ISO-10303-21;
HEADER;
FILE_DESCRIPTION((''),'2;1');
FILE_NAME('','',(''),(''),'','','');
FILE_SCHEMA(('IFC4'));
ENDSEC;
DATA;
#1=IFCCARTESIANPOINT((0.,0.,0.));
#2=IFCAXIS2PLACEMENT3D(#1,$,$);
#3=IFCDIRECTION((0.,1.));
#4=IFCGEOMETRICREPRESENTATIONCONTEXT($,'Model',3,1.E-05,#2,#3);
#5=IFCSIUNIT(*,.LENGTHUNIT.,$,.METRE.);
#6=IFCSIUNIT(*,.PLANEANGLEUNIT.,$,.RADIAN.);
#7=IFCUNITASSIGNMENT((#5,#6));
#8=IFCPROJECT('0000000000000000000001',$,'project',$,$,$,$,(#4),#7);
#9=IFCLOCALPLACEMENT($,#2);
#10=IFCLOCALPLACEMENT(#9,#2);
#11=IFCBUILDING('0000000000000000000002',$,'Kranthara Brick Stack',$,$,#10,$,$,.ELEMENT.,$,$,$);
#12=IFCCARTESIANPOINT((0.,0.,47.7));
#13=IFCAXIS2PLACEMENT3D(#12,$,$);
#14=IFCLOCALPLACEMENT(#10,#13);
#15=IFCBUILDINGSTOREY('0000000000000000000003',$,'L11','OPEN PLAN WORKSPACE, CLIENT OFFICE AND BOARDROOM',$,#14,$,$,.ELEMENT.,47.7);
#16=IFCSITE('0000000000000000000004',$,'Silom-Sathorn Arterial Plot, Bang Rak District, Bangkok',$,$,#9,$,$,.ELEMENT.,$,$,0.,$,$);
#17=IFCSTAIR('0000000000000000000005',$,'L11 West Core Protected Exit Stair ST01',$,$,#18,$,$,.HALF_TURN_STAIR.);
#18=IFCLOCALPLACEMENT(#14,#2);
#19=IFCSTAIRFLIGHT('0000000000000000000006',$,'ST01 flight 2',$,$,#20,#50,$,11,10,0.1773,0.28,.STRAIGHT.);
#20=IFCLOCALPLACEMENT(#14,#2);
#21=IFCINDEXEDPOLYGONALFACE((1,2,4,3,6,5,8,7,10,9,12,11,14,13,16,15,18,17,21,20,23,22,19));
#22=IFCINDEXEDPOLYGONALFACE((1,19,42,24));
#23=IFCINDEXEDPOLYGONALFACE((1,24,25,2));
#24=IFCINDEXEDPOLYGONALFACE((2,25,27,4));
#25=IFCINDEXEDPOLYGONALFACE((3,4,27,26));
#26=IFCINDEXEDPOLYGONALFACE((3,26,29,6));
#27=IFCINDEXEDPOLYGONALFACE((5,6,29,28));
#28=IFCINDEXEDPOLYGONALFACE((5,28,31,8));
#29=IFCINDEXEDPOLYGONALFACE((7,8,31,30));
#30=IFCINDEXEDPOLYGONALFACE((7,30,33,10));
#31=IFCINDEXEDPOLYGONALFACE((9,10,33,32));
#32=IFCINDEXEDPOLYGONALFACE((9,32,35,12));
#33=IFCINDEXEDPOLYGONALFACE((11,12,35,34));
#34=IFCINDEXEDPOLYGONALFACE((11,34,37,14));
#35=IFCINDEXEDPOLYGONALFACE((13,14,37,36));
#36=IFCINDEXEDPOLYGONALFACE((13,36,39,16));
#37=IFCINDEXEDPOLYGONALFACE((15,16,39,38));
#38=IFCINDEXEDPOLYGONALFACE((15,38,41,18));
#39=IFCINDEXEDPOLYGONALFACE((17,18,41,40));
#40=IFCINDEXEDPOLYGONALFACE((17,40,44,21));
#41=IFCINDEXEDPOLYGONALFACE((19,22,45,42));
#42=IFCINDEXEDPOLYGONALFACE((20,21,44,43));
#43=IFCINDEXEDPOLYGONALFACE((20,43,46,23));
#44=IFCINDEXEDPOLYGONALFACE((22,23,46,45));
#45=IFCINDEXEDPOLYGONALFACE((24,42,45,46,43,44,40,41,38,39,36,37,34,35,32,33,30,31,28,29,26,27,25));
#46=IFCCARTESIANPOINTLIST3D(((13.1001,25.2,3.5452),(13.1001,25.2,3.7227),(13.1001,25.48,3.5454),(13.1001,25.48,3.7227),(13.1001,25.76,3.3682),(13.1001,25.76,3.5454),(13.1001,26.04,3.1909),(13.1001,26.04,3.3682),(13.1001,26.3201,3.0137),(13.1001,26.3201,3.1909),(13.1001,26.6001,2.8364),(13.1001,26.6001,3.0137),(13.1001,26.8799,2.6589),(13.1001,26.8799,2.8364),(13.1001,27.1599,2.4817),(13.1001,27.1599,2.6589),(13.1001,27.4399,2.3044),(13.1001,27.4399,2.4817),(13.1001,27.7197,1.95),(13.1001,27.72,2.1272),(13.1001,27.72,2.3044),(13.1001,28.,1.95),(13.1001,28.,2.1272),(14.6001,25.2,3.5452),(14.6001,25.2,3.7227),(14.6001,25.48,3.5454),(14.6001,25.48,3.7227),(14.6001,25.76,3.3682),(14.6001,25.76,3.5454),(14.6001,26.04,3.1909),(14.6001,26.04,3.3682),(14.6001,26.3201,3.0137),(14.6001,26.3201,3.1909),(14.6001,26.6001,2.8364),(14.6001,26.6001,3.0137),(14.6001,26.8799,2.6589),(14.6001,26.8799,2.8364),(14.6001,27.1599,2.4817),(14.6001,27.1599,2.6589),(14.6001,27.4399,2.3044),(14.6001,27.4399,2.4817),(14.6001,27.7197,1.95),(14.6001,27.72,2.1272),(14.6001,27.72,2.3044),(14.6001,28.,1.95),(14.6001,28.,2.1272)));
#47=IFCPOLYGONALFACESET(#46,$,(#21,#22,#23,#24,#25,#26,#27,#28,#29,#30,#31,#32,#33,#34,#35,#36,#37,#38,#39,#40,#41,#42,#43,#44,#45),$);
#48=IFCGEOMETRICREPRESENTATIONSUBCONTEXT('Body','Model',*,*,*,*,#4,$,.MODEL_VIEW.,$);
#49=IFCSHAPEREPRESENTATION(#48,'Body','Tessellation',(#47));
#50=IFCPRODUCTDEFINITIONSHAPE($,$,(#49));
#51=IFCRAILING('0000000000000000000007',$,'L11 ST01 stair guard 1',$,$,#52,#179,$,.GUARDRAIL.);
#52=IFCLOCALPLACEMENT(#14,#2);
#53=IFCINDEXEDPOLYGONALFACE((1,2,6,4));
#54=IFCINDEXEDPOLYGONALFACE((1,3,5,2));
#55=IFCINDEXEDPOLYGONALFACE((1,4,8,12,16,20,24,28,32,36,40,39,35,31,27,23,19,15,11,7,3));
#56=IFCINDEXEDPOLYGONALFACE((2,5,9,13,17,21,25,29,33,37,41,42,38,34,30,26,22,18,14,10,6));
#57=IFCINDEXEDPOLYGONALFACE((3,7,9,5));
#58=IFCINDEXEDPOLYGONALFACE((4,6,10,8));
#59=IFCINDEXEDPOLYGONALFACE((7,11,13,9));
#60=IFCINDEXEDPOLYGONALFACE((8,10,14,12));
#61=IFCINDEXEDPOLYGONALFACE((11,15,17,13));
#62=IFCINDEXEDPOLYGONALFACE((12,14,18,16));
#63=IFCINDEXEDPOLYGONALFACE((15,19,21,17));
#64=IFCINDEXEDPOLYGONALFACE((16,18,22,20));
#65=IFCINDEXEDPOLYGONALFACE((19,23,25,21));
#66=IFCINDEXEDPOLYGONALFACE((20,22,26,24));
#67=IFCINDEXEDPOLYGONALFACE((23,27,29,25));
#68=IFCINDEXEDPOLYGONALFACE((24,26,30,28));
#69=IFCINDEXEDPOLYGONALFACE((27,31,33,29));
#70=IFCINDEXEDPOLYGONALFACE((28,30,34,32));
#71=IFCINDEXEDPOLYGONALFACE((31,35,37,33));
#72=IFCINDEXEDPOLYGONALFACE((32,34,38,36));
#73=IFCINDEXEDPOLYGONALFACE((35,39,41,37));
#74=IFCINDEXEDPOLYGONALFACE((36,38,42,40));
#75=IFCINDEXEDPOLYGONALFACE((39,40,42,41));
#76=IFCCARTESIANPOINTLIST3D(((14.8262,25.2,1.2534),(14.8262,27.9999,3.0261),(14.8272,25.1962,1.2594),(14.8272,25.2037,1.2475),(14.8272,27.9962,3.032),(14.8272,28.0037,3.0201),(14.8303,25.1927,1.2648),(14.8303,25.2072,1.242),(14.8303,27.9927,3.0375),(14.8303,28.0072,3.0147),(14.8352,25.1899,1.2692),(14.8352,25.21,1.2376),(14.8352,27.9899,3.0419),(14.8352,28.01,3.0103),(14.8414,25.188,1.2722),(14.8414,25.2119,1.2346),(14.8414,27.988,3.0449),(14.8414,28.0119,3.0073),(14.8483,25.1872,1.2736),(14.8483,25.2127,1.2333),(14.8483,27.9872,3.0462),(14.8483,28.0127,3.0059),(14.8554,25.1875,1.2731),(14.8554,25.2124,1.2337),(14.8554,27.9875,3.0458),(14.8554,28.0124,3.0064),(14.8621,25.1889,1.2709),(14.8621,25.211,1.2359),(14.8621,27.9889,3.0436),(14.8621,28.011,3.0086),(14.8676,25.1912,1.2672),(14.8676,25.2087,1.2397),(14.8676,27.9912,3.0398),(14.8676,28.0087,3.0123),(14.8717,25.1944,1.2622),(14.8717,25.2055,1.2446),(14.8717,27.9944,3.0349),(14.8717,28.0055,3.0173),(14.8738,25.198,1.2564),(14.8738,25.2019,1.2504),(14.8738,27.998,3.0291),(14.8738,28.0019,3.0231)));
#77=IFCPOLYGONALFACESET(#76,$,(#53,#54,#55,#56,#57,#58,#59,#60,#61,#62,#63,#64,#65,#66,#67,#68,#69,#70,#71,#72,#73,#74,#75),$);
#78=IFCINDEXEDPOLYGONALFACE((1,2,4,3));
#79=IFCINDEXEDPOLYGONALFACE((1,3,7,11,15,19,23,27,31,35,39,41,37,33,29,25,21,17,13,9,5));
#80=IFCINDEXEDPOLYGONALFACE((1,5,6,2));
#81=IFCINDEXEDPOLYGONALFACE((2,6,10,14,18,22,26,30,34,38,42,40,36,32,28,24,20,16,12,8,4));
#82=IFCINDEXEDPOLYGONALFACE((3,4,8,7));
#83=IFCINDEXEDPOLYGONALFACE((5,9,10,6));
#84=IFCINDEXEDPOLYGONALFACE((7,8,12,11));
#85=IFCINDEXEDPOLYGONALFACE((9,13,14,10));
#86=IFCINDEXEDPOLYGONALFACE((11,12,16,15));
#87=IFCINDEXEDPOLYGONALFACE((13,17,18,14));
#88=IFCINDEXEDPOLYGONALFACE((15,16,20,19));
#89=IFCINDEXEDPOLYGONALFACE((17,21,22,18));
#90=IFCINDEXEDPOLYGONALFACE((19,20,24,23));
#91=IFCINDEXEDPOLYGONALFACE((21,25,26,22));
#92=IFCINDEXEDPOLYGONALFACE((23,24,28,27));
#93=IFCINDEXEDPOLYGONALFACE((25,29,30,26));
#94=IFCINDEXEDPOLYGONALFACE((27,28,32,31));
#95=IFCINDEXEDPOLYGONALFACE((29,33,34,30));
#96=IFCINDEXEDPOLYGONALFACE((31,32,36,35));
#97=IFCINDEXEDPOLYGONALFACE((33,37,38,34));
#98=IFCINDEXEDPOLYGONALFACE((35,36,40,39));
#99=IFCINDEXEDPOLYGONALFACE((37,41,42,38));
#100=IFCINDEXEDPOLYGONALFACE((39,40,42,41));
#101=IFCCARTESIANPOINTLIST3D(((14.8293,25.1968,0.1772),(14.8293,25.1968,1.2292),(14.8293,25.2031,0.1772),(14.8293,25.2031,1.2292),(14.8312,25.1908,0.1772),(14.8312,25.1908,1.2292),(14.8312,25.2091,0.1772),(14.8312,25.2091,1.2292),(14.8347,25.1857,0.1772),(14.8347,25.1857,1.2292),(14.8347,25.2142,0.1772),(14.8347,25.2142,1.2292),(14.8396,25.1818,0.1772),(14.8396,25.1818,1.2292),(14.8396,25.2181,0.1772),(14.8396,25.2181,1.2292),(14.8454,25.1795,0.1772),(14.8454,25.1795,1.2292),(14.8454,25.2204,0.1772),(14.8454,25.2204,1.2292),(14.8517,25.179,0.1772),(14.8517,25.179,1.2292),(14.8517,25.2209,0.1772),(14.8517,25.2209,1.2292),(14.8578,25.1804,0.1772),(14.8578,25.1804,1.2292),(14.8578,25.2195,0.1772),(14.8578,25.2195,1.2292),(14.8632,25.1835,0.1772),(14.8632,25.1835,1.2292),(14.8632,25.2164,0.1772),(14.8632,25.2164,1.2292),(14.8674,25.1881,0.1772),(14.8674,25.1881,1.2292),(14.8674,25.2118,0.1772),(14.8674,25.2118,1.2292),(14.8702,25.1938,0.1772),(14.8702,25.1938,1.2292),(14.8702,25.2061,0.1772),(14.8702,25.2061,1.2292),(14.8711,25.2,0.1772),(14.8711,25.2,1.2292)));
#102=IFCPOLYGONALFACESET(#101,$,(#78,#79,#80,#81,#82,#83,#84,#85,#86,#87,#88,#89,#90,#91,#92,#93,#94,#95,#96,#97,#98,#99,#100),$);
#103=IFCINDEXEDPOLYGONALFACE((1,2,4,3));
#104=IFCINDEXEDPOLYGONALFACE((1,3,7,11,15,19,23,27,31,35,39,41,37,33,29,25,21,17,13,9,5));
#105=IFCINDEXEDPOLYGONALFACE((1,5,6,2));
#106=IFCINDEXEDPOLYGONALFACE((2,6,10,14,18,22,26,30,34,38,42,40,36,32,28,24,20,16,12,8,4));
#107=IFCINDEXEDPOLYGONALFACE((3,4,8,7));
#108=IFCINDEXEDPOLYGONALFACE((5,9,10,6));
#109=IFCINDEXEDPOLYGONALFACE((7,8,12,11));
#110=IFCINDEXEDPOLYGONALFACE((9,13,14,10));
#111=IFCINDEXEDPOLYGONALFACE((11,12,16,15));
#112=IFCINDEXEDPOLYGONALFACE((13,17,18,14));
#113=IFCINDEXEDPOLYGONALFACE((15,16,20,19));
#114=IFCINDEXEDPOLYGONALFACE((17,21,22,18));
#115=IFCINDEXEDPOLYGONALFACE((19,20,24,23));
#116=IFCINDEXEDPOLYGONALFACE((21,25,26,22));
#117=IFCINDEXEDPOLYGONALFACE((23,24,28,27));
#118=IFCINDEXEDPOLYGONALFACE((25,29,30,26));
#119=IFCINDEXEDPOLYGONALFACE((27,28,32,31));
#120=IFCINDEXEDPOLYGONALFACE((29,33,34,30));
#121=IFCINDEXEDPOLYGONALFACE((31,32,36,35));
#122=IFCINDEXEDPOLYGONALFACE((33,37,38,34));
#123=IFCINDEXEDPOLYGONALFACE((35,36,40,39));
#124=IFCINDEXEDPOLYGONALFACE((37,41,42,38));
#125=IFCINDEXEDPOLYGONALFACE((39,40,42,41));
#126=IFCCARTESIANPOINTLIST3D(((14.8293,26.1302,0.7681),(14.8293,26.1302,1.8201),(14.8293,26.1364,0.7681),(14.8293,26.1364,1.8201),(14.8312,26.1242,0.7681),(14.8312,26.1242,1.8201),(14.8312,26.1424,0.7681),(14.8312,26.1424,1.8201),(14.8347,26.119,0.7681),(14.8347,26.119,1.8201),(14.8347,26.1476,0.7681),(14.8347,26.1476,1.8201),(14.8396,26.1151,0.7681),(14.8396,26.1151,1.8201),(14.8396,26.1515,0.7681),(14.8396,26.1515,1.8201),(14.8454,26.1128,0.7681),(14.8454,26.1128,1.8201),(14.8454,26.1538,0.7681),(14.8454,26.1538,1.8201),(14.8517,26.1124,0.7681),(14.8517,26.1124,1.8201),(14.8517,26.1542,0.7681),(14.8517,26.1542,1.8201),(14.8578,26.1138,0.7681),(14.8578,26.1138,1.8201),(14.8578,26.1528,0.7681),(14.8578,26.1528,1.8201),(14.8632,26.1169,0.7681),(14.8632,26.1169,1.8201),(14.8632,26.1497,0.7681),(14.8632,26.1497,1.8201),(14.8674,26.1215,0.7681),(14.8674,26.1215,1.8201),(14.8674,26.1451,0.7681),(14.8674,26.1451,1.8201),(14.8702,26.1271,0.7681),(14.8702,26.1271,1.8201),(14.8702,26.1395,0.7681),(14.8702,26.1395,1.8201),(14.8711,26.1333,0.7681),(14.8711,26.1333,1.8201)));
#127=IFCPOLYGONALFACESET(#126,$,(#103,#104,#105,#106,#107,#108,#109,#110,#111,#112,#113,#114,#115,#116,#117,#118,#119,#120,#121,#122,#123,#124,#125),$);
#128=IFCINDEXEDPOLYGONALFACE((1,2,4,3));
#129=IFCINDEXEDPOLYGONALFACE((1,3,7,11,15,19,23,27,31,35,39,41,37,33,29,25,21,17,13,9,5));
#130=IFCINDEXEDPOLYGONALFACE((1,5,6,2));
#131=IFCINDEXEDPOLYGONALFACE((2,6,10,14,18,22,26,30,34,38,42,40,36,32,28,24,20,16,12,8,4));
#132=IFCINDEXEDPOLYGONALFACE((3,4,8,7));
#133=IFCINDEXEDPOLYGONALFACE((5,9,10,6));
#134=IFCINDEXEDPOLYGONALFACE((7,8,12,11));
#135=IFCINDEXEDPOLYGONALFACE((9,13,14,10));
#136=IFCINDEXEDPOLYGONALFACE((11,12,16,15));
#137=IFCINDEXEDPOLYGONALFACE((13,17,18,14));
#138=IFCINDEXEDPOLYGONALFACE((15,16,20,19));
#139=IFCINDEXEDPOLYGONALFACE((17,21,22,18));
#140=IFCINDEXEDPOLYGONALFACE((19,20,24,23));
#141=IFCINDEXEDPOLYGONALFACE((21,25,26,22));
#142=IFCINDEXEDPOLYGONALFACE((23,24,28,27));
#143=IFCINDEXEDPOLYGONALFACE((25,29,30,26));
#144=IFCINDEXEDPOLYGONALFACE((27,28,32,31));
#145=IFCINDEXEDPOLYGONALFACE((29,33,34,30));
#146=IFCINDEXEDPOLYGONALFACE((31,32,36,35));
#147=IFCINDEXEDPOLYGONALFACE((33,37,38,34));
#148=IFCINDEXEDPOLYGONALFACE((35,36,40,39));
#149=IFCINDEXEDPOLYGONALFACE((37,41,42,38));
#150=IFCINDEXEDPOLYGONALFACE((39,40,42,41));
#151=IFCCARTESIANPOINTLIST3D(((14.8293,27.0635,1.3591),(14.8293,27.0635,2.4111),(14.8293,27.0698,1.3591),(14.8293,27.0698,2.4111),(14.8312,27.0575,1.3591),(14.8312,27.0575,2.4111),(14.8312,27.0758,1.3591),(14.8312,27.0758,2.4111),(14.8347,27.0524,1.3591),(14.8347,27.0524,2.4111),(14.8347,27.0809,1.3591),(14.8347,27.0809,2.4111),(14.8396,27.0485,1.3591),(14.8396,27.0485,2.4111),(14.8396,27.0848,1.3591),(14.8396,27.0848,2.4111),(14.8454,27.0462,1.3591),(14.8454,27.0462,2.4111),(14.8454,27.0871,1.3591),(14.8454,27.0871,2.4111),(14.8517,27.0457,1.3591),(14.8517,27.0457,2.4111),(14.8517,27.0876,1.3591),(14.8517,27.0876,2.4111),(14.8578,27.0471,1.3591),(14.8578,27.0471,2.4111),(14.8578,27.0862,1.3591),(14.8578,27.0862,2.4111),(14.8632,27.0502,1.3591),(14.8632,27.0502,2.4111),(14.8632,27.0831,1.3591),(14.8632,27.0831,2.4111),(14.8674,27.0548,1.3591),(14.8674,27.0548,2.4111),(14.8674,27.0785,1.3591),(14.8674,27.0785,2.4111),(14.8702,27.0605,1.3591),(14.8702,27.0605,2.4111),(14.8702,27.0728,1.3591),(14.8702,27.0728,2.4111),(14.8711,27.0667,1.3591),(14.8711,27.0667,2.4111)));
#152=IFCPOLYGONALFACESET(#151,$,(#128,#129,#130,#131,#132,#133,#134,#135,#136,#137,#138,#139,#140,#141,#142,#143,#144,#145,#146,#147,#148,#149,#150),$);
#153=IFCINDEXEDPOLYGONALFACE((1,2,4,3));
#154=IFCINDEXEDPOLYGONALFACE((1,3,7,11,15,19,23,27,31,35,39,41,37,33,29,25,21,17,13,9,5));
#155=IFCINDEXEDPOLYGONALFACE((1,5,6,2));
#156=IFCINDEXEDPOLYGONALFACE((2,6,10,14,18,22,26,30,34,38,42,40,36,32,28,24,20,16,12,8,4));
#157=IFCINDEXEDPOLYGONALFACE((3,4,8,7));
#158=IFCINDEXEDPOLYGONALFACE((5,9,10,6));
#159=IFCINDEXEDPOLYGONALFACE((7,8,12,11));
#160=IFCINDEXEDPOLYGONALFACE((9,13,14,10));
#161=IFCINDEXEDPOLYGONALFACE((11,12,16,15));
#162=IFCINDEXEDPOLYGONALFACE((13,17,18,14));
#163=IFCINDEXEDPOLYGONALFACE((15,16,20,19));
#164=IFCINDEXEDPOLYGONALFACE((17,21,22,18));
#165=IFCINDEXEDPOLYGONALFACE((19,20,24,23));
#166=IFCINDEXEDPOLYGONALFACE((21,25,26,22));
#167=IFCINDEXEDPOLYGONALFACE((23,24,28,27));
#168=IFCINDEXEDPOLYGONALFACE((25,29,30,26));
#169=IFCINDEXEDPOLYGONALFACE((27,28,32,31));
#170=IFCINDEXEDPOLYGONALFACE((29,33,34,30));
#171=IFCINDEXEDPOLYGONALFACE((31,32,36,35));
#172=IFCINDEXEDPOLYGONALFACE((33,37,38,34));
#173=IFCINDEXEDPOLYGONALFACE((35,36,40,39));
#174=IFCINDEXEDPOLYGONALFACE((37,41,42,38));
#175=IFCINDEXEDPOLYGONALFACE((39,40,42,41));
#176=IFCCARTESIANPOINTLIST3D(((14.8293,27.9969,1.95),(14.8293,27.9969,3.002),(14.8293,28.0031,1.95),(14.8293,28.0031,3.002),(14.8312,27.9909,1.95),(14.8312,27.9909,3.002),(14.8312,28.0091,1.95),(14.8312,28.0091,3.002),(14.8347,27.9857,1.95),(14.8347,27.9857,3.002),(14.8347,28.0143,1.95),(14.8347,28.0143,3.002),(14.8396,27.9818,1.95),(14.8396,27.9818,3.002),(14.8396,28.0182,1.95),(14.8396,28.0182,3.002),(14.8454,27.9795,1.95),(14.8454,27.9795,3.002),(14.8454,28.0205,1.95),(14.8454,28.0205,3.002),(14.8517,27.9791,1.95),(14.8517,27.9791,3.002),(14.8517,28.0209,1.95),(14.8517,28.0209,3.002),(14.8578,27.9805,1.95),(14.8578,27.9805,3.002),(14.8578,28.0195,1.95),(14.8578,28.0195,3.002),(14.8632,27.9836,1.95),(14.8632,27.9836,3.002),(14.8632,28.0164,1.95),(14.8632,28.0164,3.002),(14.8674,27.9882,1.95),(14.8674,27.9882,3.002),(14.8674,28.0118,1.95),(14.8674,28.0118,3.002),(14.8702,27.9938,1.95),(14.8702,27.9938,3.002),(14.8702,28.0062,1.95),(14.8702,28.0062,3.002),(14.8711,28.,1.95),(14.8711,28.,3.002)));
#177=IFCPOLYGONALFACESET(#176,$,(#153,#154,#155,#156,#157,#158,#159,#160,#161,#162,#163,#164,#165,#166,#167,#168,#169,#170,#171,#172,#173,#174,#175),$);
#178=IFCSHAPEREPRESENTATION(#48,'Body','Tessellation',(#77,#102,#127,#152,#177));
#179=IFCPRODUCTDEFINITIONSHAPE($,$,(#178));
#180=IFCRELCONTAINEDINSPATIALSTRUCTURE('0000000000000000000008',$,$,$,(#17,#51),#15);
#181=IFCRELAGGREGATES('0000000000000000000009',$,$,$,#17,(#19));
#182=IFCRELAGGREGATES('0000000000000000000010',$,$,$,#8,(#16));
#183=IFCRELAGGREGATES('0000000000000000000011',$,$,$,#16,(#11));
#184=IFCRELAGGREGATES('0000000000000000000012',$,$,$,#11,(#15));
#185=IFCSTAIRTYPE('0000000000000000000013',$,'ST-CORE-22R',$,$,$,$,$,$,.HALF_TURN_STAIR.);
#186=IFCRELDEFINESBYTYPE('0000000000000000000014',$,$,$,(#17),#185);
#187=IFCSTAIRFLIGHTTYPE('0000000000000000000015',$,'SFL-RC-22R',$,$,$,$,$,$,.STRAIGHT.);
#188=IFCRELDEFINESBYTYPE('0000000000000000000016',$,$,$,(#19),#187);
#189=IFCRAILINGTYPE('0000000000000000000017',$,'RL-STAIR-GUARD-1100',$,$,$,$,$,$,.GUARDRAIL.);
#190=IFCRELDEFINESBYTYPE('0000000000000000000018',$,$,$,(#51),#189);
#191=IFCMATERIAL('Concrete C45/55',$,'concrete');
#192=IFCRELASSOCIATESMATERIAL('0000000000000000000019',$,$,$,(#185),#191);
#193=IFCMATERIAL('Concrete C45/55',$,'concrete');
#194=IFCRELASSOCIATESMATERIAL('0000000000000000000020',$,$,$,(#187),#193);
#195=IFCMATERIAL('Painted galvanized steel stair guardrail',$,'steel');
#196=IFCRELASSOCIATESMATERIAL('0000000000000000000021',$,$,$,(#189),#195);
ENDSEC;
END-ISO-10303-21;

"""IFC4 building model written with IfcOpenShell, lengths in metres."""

from ifc_helpers import new_model, si_unit, direction, frame, origin, origin_2d, place, context, subcontext, project, spatial, polyline, circle, outline, extrude, material, type_object, element, aggregate, save


model = new_model("IFC4")

# Units and contexts
model_context = context("Model", 3, precision=1e-05, world=origin(), true_north=direction((0.0, 1.0)))
body_context = subcontext(model_context, "Body", "Model", "MODEL_VIEW")
ifc_project = project(units=[si_unit("LENGTHUNIT", "METRE"), si_unit("PLANEANGLEUNIT", "RADIAN")], contexts=[model_context])

# Site, building, storey
site_placement = place(None, origin())
site = spatial("IfcSite", under=ifc_project, at=site_placement, Name="Silom-Sathorn Arterial Plot, Bang Rak District, Bangkok", CompositionType="ELEMENT", RefElevation=0.0)
building_placement = place(site_placement, origin())
building = spatial("IfcBuilding", under=site, at=building_placement, Name="Kranthara Brick Stack", CompositionType="ELEMENT")
storey_placement = place(building_placement, frame((0.0, 0.0, 47.7)))
storey = spatial("IfcBuildingStorey", under=building, at=storey_placement, Name="L11", Description="OPEN PLAN WORKSPACE, CLIENT OFFICE AND BOARDROOM", CompositionType="ELEMENT", Elevation=47.7)

# Stair, stair flight
ifc_material_1 = material(Name="Concrete C45/55", Category="concrete")
stair_type = type_object("IfcStairType", Name="ST-CORE-22R", PredefinedType="HALF_TURN_STAIR", material=ifc_material_1)
stair_placement = place(storey_placement, origin())
stair = element("IfcStair", 1, at=stair_placement, inside=storey, type_object=stair_type, Name="L11 West Core Protected Exit Stair ST01", PredefinedType="HALF_TURN_STAIR")
ifc_material_2 = material(Name="Concrete C45/55", Category="concrete")
stair_flight_type = type_object("IfcStairFlightType", Name="SFL-RC-22R", PredefinedType="STRAIGHT", material=ifc_material_2)
stair_flight_1_placement = place(storey_placement, frame((13.8501, 28.0, 1.95), z_axis=(0.0, 0.0, 1.0), x_axis=(0.0, -1.0, 0.0)))
stair_flight_1 = element("IfcStairFlight", 2, at=stair_flight_1_placement, type_object=stair_flight_type, Name="ST01 flight 2", NumberOfRisers=11, NumberOfTreads=10, PredefinedType="STRAIGHT", RiserHeight=0.1773, TreadLength=0.28, context=body_context, shape_type="SweptSolid", body=[
    extrude(outline(polyline([(0.0, 0.0), (0.0, 0.1772), (0.28, 0.1772), (0.28, 0.3545), (0.5601, 0.3545), (0.5601, 0.5317), (0.8401, 0.5317), (0.8401, 0.709), (1.1201, 0.709), (1.1201, 0.8865), (1.3999, 0.8865), (1.3999, 1.0637), (1.6799, 1.0637), (1.6799, 1.241), (1.96, 1.241), (1.96, 1.4182), (2.24, 1.4182), (2.24, 1.5955), (2.52, 1.5955), (2.52, 1.7727), (2.8, 1.7727), (2.8, 1.95), (2.8, 1.5952), (0.2803, 0.0), (0.0, 0.0)])), frame((0.0, 0.75, 0.0), z_axis=(0.0, -1.0, 0.0), x_axis=(1.0, 0.0, 0.0)), (0.0, 0.0, 1.0), 1.5),
])
aggregate(stair, [stair_flight_1])

# Railing
ifc_material_3 = material(Name="Painted galvanized steel stair guardrail", Category="steel")
railing_type_1 = type_object("IfcRailingType", Name="RL-STAIR-GUARD-1100", PredefinedType="GUARDRAIL", material=ifc_material_3)
railing_1_placement = place(storey_placement, frame((14.8501, 25.2, 0.1772)))
element("IfcRailing", 3, at=railing_1_placement, inside=storey, type_object=railing_type_1, Name="L11 ST01 stair guard 1", PredefinedType="GUARDRAIL", context=body_context, shape_type="SweptSolid", body=[
    extrude(circle(Radius=0.0239, at=origin_2d()), frame((0.0, 0.0, 1.0762), z_axis=(0.0, 0.844909, 0.53491), x_axis=(-1.0, 0.0, 0.0)), (0.0, 0.0, 1.0), 3.314),
    extrude(circle(Radius=0.021, at=origin_2d()), origin(), (0.0, 0.0, 1.0), 1.052),
    extrude(circle(Radius=0.021, at=origin_2d()), frame((0.0, 0.9333, 0.5908)), (0.0, 0.0, 1.0), 1.052),
    extrude(circle(Radius=0.021, at=origin_2d()), frame((0.0, 1.8667, 1.1819)), (0.0, 0.0, 1.0), 1.052),
    extrude(circle(Radius=0.021, at=origin_2d()), frame((0.0, 2.8, 1.7727)), (0.0, 0.0, 1.0), 1.052),
])

save(model, "model.ifc")
